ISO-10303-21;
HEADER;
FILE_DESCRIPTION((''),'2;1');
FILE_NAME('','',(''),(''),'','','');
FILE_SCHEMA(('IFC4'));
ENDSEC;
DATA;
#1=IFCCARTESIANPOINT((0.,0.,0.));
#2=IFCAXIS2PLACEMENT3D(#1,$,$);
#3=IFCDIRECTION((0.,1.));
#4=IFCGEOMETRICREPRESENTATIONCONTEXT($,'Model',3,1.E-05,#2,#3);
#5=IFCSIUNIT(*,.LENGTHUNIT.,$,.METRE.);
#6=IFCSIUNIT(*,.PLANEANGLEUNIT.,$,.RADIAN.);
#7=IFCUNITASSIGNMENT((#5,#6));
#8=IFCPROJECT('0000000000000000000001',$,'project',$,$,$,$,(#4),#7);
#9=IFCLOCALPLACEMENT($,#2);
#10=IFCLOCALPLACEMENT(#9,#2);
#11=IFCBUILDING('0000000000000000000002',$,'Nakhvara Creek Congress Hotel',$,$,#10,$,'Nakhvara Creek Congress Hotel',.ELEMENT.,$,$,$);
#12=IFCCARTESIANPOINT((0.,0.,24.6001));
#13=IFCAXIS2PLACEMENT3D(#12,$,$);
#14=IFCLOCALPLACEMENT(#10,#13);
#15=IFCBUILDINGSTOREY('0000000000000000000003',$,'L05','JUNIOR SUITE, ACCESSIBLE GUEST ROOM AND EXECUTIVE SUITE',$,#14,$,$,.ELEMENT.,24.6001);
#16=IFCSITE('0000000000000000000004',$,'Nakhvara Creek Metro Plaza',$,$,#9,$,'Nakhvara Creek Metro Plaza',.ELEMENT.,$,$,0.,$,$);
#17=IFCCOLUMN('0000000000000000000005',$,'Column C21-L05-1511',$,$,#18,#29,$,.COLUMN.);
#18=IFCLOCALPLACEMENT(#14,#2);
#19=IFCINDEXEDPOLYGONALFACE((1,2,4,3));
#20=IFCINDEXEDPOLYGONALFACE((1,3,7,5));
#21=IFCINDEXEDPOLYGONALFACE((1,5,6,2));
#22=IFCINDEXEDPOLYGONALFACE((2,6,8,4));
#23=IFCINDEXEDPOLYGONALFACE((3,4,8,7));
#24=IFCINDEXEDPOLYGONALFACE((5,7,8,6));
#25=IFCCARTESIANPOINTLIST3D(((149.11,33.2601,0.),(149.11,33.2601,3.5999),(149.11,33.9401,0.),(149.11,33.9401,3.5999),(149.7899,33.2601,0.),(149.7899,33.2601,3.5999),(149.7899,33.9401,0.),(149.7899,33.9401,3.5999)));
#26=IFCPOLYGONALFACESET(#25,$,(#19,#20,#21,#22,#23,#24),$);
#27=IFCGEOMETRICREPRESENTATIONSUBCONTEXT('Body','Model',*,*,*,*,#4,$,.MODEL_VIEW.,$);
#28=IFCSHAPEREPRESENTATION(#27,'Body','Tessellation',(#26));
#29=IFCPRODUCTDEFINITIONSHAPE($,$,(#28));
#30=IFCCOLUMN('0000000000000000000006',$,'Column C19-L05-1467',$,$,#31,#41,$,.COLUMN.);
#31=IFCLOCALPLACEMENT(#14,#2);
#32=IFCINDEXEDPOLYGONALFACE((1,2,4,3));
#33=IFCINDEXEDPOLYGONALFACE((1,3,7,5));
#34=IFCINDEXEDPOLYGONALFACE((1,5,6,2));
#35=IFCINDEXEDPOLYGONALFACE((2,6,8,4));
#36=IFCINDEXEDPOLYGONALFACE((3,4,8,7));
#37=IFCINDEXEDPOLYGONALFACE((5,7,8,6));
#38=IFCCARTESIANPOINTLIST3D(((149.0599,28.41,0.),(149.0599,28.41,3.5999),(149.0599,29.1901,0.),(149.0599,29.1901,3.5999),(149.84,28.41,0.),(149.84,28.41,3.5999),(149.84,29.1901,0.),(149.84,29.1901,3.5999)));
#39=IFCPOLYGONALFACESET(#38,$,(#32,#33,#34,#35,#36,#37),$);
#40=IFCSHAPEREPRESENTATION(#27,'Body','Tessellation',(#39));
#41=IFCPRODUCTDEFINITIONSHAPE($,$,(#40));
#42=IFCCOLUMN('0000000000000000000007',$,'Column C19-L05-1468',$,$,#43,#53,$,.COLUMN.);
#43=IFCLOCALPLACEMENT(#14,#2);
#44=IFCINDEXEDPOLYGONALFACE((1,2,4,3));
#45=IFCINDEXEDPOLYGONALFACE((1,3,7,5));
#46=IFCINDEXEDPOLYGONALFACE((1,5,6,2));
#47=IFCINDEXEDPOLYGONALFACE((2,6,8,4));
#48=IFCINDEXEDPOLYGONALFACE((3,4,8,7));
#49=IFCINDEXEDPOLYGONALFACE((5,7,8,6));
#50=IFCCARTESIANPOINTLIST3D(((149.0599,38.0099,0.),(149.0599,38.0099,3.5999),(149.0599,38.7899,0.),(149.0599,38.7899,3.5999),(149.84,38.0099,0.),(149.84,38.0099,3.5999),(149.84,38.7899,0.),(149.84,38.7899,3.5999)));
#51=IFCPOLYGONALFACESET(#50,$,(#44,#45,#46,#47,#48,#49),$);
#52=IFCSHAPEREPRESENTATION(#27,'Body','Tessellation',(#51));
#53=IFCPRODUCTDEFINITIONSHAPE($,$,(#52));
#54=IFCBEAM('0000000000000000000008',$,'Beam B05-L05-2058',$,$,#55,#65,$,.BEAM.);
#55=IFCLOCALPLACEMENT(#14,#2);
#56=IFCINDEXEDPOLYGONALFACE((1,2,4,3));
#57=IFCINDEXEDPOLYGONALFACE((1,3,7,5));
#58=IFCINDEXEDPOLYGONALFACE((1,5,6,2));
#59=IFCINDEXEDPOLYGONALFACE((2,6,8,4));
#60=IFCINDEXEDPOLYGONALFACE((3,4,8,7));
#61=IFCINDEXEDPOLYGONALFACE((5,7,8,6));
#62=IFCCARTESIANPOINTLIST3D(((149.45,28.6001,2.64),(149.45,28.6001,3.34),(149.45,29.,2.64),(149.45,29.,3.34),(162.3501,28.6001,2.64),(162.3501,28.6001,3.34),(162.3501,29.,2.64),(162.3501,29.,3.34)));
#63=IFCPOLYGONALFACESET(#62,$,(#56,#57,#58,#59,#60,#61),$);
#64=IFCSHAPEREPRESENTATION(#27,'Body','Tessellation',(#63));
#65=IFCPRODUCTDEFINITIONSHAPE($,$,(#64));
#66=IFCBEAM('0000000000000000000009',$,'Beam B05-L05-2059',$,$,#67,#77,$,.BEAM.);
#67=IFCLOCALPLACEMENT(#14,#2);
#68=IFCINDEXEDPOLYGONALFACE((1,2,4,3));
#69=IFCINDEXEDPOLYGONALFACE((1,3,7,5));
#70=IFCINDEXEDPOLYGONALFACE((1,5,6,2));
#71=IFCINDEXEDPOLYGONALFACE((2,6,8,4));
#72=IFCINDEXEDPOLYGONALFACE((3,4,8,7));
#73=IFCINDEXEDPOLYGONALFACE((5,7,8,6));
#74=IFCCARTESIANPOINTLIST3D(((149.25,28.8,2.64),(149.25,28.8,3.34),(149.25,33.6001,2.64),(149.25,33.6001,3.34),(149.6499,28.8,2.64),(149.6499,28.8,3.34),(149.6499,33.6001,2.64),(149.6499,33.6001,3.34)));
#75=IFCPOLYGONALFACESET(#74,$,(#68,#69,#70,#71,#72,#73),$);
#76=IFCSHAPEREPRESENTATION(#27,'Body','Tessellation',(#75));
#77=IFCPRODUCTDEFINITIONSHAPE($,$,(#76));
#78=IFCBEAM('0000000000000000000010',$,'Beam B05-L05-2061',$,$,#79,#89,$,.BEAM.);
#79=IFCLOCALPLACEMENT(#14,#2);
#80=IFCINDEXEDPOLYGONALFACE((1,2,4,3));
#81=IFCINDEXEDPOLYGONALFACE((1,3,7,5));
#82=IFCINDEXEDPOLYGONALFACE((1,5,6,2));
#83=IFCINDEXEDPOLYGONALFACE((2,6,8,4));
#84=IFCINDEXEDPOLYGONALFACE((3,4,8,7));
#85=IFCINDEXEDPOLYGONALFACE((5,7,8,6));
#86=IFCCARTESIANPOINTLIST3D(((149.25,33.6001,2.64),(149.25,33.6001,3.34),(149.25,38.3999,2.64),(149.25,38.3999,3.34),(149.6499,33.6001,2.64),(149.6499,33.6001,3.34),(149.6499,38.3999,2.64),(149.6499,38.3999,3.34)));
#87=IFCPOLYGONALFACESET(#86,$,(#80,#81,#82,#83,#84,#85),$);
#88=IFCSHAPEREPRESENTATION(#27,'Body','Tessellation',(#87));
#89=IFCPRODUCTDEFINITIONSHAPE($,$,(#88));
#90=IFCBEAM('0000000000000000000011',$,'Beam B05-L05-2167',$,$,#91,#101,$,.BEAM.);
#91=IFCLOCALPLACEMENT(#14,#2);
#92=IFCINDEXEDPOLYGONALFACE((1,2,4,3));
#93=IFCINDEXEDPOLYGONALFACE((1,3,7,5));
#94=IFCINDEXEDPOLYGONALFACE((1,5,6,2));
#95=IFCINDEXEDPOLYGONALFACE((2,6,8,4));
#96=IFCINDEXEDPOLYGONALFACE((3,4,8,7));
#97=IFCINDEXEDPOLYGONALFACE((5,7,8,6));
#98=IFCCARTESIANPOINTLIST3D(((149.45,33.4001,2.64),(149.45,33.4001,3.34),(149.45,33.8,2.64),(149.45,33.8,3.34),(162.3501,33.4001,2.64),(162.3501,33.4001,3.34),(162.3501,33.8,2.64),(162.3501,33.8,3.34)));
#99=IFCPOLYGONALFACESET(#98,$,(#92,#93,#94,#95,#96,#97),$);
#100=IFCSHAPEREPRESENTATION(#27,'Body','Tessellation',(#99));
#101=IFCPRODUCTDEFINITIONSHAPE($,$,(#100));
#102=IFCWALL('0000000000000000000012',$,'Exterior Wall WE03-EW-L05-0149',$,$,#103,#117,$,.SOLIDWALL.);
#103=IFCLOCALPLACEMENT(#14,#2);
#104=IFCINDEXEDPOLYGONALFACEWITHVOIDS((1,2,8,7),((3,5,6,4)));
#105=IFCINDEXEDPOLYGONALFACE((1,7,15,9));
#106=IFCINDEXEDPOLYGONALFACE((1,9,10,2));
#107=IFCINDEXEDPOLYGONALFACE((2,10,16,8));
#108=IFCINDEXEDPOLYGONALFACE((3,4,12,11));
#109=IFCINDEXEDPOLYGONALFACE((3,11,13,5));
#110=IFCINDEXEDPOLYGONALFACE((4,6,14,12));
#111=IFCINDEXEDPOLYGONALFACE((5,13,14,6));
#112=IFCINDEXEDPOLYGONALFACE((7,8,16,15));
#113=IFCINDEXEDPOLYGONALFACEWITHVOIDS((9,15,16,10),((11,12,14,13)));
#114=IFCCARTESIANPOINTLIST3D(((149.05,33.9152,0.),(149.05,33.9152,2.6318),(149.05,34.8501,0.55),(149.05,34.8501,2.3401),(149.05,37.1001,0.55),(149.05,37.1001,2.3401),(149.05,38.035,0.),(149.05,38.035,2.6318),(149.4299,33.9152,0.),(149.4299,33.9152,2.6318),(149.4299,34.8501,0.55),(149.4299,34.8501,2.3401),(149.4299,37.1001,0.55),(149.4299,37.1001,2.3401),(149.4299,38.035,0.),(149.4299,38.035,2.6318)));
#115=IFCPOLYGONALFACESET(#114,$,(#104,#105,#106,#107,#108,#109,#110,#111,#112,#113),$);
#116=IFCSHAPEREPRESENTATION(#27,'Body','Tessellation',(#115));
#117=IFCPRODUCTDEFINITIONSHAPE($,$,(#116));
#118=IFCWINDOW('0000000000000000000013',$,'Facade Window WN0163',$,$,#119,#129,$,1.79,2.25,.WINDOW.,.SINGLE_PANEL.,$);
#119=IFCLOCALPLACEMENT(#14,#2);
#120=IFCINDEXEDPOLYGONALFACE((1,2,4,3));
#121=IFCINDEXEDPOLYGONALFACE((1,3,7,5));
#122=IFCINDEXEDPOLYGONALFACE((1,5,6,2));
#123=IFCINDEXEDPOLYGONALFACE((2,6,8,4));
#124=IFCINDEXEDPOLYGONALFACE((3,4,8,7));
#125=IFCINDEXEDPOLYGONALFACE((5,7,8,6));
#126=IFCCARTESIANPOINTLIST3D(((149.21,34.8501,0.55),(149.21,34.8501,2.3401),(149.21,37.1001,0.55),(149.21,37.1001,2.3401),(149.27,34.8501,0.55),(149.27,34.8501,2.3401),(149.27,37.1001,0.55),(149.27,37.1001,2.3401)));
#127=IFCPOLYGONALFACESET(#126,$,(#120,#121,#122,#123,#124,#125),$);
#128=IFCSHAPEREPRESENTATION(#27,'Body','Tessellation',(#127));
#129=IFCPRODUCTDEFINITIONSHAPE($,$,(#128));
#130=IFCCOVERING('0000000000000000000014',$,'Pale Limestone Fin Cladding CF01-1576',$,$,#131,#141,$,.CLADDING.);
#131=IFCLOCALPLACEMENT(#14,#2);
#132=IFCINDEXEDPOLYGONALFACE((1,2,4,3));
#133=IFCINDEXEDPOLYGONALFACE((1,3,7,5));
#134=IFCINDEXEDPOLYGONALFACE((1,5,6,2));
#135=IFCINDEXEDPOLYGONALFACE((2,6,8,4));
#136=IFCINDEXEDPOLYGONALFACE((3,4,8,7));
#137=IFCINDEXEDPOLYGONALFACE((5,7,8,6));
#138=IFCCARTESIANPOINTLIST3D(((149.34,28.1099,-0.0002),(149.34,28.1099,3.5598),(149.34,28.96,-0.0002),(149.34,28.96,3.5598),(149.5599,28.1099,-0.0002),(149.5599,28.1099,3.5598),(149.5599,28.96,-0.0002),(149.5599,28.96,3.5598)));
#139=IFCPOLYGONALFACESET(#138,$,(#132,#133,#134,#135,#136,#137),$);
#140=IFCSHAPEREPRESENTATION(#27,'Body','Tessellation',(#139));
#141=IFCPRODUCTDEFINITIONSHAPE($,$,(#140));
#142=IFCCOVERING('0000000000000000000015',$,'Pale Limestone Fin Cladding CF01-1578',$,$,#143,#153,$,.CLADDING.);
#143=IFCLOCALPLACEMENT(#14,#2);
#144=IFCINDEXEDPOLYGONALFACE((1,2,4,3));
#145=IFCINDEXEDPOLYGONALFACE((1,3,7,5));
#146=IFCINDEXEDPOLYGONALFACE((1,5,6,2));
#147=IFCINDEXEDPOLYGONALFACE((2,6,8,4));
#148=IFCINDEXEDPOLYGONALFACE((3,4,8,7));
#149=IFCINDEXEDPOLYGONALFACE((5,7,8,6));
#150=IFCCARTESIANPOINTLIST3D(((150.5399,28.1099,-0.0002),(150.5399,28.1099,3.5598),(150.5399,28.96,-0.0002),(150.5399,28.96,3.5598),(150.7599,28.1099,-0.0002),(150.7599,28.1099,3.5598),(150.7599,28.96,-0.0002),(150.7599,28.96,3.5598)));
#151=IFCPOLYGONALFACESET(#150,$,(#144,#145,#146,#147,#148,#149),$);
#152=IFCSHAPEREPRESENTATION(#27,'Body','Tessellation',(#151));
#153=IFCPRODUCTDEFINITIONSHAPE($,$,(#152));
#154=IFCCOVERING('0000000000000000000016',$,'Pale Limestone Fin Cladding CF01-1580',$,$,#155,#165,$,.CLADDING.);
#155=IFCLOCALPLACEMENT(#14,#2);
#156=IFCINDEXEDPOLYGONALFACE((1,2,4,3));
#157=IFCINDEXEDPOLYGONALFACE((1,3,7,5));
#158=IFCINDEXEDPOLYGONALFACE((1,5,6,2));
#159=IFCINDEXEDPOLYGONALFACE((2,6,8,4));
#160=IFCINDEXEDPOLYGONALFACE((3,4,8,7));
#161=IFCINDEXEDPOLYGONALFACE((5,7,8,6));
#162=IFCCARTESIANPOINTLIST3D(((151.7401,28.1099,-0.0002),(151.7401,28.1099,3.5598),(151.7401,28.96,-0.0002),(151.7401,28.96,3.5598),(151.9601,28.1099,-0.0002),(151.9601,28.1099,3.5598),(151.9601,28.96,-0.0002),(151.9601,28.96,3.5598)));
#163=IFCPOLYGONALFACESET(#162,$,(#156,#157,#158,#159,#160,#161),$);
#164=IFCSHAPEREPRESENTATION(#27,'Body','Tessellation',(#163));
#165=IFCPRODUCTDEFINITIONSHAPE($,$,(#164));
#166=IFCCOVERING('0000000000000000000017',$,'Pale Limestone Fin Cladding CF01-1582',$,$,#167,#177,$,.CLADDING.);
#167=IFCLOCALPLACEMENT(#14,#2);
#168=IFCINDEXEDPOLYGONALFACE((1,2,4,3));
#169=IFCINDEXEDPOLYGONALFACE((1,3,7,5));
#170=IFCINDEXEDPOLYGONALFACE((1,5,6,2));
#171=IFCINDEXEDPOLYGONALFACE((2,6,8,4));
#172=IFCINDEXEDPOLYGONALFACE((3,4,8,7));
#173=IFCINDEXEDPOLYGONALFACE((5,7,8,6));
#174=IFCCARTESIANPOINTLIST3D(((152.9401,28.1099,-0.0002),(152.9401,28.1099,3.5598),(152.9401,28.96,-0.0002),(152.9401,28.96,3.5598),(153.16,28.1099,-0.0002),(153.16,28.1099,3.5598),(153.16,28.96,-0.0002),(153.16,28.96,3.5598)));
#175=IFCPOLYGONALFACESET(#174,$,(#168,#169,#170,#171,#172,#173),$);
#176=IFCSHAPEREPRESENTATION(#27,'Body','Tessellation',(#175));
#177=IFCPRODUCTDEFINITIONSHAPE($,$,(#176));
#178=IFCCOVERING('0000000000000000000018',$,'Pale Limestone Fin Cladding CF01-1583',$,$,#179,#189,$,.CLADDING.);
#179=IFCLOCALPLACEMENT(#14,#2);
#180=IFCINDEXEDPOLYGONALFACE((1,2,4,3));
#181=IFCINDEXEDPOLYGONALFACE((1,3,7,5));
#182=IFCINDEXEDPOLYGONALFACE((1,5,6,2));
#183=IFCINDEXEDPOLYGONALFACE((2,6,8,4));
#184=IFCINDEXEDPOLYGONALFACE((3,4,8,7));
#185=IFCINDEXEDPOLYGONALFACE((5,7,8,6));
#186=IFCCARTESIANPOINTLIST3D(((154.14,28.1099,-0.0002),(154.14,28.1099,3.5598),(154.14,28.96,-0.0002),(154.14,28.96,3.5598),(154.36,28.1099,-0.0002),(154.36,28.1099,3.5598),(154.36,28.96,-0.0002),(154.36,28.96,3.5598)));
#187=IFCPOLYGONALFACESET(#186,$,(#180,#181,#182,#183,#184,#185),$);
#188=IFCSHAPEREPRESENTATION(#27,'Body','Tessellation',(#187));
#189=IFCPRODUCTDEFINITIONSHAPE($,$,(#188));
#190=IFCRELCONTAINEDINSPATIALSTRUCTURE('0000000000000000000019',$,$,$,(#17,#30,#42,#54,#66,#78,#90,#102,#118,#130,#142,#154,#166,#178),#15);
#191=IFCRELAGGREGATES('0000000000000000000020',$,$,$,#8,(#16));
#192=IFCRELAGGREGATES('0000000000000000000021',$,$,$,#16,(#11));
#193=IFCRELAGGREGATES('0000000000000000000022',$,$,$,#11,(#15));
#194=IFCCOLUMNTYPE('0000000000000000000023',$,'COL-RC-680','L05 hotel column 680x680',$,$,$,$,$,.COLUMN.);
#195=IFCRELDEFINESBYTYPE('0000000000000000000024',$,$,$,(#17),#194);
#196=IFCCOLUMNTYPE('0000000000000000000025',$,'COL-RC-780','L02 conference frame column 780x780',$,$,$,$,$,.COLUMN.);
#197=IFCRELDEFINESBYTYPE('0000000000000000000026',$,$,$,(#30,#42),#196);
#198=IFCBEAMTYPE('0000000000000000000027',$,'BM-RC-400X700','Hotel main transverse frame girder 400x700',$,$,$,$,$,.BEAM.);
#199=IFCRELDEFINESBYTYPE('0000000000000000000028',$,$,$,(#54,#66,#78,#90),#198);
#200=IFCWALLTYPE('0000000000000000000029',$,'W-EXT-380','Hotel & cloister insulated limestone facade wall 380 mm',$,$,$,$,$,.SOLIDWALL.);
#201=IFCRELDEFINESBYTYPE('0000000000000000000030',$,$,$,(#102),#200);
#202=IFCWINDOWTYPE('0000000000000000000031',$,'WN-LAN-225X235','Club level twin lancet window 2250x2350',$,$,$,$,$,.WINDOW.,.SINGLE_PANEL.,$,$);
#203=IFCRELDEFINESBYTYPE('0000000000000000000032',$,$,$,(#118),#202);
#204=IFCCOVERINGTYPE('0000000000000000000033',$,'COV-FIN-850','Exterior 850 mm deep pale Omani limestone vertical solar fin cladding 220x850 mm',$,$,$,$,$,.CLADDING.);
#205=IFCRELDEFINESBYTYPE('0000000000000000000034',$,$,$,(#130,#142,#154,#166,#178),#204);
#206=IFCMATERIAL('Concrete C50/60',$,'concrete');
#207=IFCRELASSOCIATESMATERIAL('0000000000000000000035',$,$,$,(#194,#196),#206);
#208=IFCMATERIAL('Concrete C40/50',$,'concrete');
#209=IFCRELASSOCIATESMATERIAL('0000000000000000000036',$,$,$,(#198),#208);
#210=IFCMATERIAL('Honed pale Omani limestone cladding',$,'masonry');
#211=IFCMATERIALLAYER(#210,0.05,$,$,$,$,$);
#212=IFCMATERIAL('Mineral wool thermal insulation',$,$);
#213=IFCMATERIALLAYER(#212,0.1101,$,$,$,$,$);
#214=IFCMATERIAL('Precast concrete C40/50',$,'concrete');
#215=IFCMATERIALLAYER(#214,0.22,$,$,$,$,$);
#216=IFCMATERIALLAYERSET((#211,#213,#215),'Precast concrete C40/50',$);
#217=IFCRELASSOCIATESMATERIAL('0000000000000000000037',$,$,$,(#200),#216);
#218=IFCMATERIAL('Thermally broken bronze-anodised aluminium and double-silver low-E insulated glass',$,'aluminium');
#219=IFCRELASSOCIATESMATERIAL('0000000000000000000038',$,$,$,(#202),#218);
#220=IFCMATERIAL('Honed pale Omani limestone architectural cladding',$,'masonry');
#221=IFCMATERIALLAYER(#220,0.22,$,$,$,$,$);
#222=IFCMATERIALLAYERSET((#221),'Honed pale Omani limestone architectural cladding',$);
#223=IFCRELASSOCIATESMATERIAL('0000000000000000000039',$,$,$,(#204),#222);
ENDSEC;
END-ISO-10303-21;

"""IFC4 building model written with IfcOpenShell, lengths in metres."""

from ifc_helpers import new_model, si_unit, direction, frame, frame_2d, origin, origin_2d, place, context, subcontext, project, spatial, rectangle, extrude, material, layer, layer_set, material_profile, profile_set, type_object, element, fill, save


model = new_model("IFC4")

# Units and contexts
model_context = context("Model", 3, precision=1e-05, world=origin(), true_north=direction((0.0, 1.0)))
body_context = subcontext(model_context, "Body", "Model", "MODEL_VIEW")
ifc_project = project(units=[si_unit("LENGTHUNIT", "METRE"), si_unit("PLANEANGLEUNIT", "RADIAN")], contexts=[model_context])

# Site, building, storey
site_placement = place(None, origin())
site = spatial("IfcSite", under=ifc_project, at=site_placement, Name="Nakhvara Creek Metro Plaza", LongName="Nakhvara Creek Metro Plaza", CompositionType="ELEMENT", RefElevation=0.0)
building_placement = place(site_placement, origin())
building = spatial("IfcBuilding", under=site, at=building_placement, Name="Nakhvara Creek Congress Hotel", LongName="Nakhvara Creek Congress Hotel", CompositionType="ELEMENT")
storey_placement = place(building_placement, frame((0.0, 0.0, 24.6001)))
storey = spatial("IfcBuildingStorey", under=building, at=storey_placement, Name="L05", Description="JUNIOR SUITE, ACCESSIBLE GUEST ROOM AND EXECUTIVE SUITE", CompositionType="ELEMENT", Elevation=24.6001)

# Columns
ifc_material_1 = material(Name="Concrete C50/60", Category="concrete")
ifc_material_profile_1 = material_profile(ifc_material_1, rectangle(XDim=0.6799, YDim=0.6799, at=origin_2d()), Name="RC-COL 680x680", Category="LoadBearing")
ifc_profile_set_1 = profile_set([ifc_material_profile_1], Name="Concrete C50/60")
column_type_1 = type_object("IfcColumnType", Name="COL-RC-680", Description="L05 hotel column 680x680", PredefinedType="COLUMN", material=ifc_profile_set_1)
column_placement = place(storey_placement, frame((149.45, 33.6001, 0.0), z_axis=(0.0, 0.0, 1.0), x_axis=(1.0, 0.0, 0.0)))
element("IfcColumn", 1, at=column_placement, inside=storey, type_object=column_type_1, Name="Column C21-L05-1511", PredefinedType="COLUMN", context=body_context, shape_type="SweptSolid", body=[
    extrude(rectangle(XDim=0.6799, YDim=0.6799, at=origin_2d()), origin(), (0.0, 0.0, 1.0), 3.5999),
])
ifc_material_profile_2 = material_profile(ifc_material_1, rectangle(XDim=0.78, YDim=0.78, at=origin_2d()), Name="RC-COL 780x780", Category="LoadBearing")
ifc_profile_set_2 = profile_set([ifc_material_profile_2], Name="Concrete C50/60")
column_type_2 = type_object("IfcColumnType", Name="COL-RC-780", Description="L02 conference frame column 780x780", PredefinedType="COLUMN", material=ifc_profile_set_2)
for number, where, z_axis, x_axis, name in (
    (2, (149.45, 28.8, 0.0), (0.0, 0.0, 1.0), (1.0, 0.0, 0.0), "Column C19-L05-1467"),
    (3, (149.45, 38.3999, 0.0), (0.0, 0.0, 1.0), (1.0, 0.0, 0.0), "Column C19-L05-1468"),
):
    element("IfcColumn", number, at=place(storey_placement, frame(where, z_axis=z_axis, x_axis=x_axis)), inside=storey, type_object=column_type_2, Name=name, PredefinedType="COLUMN", context=body_context, shape_type="SweptSolid", body=[
        extrude(rectangle(XDim=0.78, YDim=0.78, at=origin_2d()), origin(), (0.0, 0.0, 1.0), 3.5999),
    ])

# Beams
ifc_material_2 = material(Name="Concrete C40/50", Category="concrete")
ifc_material_profile_3 = material_profile(ifc_material_2, rectangle(XDim=0.3999, YDim=0.7, at=origin_2d()), Name="RC-BM 400x700", Category="LoadBearing")
ifc_profile_set_3 = profile_set([ifc_material_profile_3], Name="Concrete C40/50")
beam_type = type_object("IfcBeamType", Name="BM-RC-400X700", Description="Hotel main transverse frame girder 400x700", PredefinedType="BEAM", material=ifc_profile_set_3)
beam_1_placement = place(storey_placement, frame((149.45, 28.8, 2.99), z_axis=(1.0, 0.0, 0.0), x_axis=(0.0, 1.0, 0.0)))
element("IfcBeam", 4, at=beam_1_placement, inside=storey, type_object=beam_type, Name="Beam B05-L05-2058", PredefinedType="BEAM", context=body_context, shape_type="SweptSolid", body=[
    extrude(rectangle(XDim=0.3999, YDim=0.7, at=origin_2d()), origin(), (0.0, 0.0, 1.0), 12.9001),
])
beam_2_placement = place(storey_placement, frame((149.45, 28.8, 2.99), z_axis=(0.0, 1.0, 0.0), x_axis=(-1.0, 0.0, 0.0)))
element("IfcBeam", 5, at=beam_2_placement, inside=storey, type_object=beam_type, Name="Beam B05-L05-2059", PredefinedType="BEAM", context=body_context, shape_type="SweptSolid", body=[
    extrude(rectangle(XDim=0.3999, YDim=0.7, at=origin_2d()), origin(), (0.0, 0.0, 1.0), 4.8),
])
beam_3_placement = place(storey_placement, frame((149.45, 33.6001, 2.99), z_axis=(0.0, 1.0, 0.0), x_axis=(-1.0, 0.0, 0.0)))
element("IfcBeam", 6, at=beam_3_placement, inside=storey, type_object=beam_type, Name="Beam B05-L05-2061", PredefinedType="BEAM", context=body_context, shape_type="SweptSolid", body=[
    extrude(rectangle(XDim=0.3999, YDim=0.7, at=origin_2d()), origin(), (0.0, 0.0, 1.0), 4.7998),
])
beam_4_placement = place(storey_placement, frame((149.45, 33.6001, 2.99), z_axis=(1.0, 0.0, 0.0), x_axis=(0.0, 1.0, 0.0)))
element("IfcBeam", 7, at=beam_4_placement, inside=storey, type_object=beam_type, Name="Beam B05-L05-2167", PredefinedType="BEAM", context=body_context, shape_type="SweptSolid", body=[
    extrude(rectangle(XDim=0.3999, YDim=0.7, at=origin_2d()), origin(), (0.0, 0.0, 1.0), 12.9001),
])

# Wall, opening, window
ifc_material_3 = material(Name="Honed pale Omani limestone cladding", Category="masonry")
ifc_layer_1 = layer(ifc_material_3, 0.05)
ifc_material_4 = material(Name="Mineral wool thermal insulation")
ifc_layer_2 = layer(ifc_material_4, 0.1101)
ifc_material_5 = material(Name="Precast concrete C40/50", Category="concrete")
ifc_layer_3 = layer(ifc_material_5, 0.22)
ifc_layer_set_1 = layer_set([ifc_layer_1, ifc_layer_2, ifc_layer_3], Name="Precast concrete C40/50")
wall_type = type_object("IfcWallType", Name="W-EXT-380", Description="Hotel & cloister insulated limestone facade wall 380 mm", PredefinedType="SOLIDWALL", material=ifc_layer_set_1)
wall_placement = place(storey_placement, frame((149.24, 33.915, 0.0), z_axis=(0.0, 0.0, 1.0), x_axis=(0.0, 1.0, 0.0)))
wall = element("IfcWall", 8, at=wall_placement, inside=storey, type_object=wall_type, Name="Exterior Wall WE03-EW-L05-0149", PredefinedType="SOLIDWALL", context=body_context, shape_type="SweptSolid", body=[
    extrude(rectangle(XDim=4.1199, YDim=0.3799, at=frame_2d((2.0601, 0.0))), origin(), (0.0, 0.0, 1.0), 2.6318),
])
opening_placement = place(wall_placement, frame((0.9351, 0.0, 0.55)))
opening = element("IfcOpeningElement", 9, at=opening_placement, cuts=wall, PredefinedType="OPENING", context=body_context, shape_type="SweptSolid", body=[
    extrude(rectangle(XDim=2.25, YDim=1.79, at=frame_2d((1.125, 0.895))), frame((0.0, 0.2019, 0.0), z_axis=(0.0, -1.0, 0.0), x_axis=(1.0, 0.0, 0.0)), (0.0, 0.0, 1.0), 0.4038),
])
ifc_material_6 = material(Name="Thermally broken bronze-anodised aluminium and double-silver low-E insulated glass", Category="aluminium")
window_type = type_object("IfcWindowType", Name="WN-LAN-225X235", Description="Club level twin lancet window 2250x2350", PartitioningType="SINGLE_PANEL", PredefinedType="WINDOW", material=ifc_material_6)
window_placement = place(opening_placement, origin())
window = element("IfcWindow", 10, at=window_placement, inside=storey, type_object=window_type, Name="Facade Window WN0163", OverallHeight=1.79, OverallWidth=2.25, PartitioningType="SINGLE_PANEL", PredefinedType="WINDOW", context=body_context, shape_type="SweptSolid", body=[
    extrude(rectangle(XDim=2.25, YDim=1.79, at=frame_2d((1.125, 0.895))), frame((0.0, 0.03, 0.0), z_axis=(0.0, -1.0, 0.0), x_axis=(1.0, 0.0, 0.0)), (0.0, 0.0, 1.0), 0.0601),
])
fill(opening, window)

# Coverings
ifc_material_7 = material(Name="Honed pale Omani limestone architectural cladding", Category="masonry")
ifc_layer_4 = layer(ifc_material_7, 0.22)
ifc_layer_set_2 = layer_set([ifc_layer_4], Name="Honed pale Omani limestone architectural cladding")
covering_type = type_object("IfcCoveringType", Name="COV-FIN-850", Description="Exterior 850 mm deep pale Omani limestone vertical solar fin cladding 220x850 mm", PredefinedType="CLADDING", material=ifc_layer_set_2)
for number, where, z_axis, x_axis, name in (
    (11, (149.45, 28.5349, -0.0002), (0.0, 0.0, 1.0), (1.0, 0.0, 0.0), "Pale Limestone Fin Cladding CF01-1576"),
    (12, (150.6499, 28.5349, -0.0002), (0.0, 0.0, 1.0), (1.0, 0.0, 0.0), "Pale Limestone Fin Cladding CF01-1578"),
    (13, (151.8501, 28.5349, -0.0002), (0.0, 0.0, 1.0), (1.0, 0.0, 0.0), "Pale Limestone Fin Cladding CF01-1580"),
    (14, (153.05, 28.5349, -0.0002), (0.0, 0.0, 1.0), (1.0, 0.0, 0.0), "Pale Limestone Fin Cladding CF01-1582"),
    (15, (154.25, 28.5349, -0.0002), (0.0, 0.0, 1.0), (1.0, 0.0, 0.0), "Pale Limestone Fin Cladding CF01-1583"),
):
    element("IfcCovering", number, at=place(storey_placement, frame(where, z_axis=z_axis, x_axis=x_axis)), inside=storey, type_object=covering_type, Name=name, PredefinedType="CLADDING", context=body_context, shape_type="SweptSolid", body=[
        extrude(rectangle(XDim=0.22, YDim=0.8501, at=origin_2d()), origin(), (0.0, 0.0, 1.0), 3.5601),
    ])

save(model, "model.ifc")
